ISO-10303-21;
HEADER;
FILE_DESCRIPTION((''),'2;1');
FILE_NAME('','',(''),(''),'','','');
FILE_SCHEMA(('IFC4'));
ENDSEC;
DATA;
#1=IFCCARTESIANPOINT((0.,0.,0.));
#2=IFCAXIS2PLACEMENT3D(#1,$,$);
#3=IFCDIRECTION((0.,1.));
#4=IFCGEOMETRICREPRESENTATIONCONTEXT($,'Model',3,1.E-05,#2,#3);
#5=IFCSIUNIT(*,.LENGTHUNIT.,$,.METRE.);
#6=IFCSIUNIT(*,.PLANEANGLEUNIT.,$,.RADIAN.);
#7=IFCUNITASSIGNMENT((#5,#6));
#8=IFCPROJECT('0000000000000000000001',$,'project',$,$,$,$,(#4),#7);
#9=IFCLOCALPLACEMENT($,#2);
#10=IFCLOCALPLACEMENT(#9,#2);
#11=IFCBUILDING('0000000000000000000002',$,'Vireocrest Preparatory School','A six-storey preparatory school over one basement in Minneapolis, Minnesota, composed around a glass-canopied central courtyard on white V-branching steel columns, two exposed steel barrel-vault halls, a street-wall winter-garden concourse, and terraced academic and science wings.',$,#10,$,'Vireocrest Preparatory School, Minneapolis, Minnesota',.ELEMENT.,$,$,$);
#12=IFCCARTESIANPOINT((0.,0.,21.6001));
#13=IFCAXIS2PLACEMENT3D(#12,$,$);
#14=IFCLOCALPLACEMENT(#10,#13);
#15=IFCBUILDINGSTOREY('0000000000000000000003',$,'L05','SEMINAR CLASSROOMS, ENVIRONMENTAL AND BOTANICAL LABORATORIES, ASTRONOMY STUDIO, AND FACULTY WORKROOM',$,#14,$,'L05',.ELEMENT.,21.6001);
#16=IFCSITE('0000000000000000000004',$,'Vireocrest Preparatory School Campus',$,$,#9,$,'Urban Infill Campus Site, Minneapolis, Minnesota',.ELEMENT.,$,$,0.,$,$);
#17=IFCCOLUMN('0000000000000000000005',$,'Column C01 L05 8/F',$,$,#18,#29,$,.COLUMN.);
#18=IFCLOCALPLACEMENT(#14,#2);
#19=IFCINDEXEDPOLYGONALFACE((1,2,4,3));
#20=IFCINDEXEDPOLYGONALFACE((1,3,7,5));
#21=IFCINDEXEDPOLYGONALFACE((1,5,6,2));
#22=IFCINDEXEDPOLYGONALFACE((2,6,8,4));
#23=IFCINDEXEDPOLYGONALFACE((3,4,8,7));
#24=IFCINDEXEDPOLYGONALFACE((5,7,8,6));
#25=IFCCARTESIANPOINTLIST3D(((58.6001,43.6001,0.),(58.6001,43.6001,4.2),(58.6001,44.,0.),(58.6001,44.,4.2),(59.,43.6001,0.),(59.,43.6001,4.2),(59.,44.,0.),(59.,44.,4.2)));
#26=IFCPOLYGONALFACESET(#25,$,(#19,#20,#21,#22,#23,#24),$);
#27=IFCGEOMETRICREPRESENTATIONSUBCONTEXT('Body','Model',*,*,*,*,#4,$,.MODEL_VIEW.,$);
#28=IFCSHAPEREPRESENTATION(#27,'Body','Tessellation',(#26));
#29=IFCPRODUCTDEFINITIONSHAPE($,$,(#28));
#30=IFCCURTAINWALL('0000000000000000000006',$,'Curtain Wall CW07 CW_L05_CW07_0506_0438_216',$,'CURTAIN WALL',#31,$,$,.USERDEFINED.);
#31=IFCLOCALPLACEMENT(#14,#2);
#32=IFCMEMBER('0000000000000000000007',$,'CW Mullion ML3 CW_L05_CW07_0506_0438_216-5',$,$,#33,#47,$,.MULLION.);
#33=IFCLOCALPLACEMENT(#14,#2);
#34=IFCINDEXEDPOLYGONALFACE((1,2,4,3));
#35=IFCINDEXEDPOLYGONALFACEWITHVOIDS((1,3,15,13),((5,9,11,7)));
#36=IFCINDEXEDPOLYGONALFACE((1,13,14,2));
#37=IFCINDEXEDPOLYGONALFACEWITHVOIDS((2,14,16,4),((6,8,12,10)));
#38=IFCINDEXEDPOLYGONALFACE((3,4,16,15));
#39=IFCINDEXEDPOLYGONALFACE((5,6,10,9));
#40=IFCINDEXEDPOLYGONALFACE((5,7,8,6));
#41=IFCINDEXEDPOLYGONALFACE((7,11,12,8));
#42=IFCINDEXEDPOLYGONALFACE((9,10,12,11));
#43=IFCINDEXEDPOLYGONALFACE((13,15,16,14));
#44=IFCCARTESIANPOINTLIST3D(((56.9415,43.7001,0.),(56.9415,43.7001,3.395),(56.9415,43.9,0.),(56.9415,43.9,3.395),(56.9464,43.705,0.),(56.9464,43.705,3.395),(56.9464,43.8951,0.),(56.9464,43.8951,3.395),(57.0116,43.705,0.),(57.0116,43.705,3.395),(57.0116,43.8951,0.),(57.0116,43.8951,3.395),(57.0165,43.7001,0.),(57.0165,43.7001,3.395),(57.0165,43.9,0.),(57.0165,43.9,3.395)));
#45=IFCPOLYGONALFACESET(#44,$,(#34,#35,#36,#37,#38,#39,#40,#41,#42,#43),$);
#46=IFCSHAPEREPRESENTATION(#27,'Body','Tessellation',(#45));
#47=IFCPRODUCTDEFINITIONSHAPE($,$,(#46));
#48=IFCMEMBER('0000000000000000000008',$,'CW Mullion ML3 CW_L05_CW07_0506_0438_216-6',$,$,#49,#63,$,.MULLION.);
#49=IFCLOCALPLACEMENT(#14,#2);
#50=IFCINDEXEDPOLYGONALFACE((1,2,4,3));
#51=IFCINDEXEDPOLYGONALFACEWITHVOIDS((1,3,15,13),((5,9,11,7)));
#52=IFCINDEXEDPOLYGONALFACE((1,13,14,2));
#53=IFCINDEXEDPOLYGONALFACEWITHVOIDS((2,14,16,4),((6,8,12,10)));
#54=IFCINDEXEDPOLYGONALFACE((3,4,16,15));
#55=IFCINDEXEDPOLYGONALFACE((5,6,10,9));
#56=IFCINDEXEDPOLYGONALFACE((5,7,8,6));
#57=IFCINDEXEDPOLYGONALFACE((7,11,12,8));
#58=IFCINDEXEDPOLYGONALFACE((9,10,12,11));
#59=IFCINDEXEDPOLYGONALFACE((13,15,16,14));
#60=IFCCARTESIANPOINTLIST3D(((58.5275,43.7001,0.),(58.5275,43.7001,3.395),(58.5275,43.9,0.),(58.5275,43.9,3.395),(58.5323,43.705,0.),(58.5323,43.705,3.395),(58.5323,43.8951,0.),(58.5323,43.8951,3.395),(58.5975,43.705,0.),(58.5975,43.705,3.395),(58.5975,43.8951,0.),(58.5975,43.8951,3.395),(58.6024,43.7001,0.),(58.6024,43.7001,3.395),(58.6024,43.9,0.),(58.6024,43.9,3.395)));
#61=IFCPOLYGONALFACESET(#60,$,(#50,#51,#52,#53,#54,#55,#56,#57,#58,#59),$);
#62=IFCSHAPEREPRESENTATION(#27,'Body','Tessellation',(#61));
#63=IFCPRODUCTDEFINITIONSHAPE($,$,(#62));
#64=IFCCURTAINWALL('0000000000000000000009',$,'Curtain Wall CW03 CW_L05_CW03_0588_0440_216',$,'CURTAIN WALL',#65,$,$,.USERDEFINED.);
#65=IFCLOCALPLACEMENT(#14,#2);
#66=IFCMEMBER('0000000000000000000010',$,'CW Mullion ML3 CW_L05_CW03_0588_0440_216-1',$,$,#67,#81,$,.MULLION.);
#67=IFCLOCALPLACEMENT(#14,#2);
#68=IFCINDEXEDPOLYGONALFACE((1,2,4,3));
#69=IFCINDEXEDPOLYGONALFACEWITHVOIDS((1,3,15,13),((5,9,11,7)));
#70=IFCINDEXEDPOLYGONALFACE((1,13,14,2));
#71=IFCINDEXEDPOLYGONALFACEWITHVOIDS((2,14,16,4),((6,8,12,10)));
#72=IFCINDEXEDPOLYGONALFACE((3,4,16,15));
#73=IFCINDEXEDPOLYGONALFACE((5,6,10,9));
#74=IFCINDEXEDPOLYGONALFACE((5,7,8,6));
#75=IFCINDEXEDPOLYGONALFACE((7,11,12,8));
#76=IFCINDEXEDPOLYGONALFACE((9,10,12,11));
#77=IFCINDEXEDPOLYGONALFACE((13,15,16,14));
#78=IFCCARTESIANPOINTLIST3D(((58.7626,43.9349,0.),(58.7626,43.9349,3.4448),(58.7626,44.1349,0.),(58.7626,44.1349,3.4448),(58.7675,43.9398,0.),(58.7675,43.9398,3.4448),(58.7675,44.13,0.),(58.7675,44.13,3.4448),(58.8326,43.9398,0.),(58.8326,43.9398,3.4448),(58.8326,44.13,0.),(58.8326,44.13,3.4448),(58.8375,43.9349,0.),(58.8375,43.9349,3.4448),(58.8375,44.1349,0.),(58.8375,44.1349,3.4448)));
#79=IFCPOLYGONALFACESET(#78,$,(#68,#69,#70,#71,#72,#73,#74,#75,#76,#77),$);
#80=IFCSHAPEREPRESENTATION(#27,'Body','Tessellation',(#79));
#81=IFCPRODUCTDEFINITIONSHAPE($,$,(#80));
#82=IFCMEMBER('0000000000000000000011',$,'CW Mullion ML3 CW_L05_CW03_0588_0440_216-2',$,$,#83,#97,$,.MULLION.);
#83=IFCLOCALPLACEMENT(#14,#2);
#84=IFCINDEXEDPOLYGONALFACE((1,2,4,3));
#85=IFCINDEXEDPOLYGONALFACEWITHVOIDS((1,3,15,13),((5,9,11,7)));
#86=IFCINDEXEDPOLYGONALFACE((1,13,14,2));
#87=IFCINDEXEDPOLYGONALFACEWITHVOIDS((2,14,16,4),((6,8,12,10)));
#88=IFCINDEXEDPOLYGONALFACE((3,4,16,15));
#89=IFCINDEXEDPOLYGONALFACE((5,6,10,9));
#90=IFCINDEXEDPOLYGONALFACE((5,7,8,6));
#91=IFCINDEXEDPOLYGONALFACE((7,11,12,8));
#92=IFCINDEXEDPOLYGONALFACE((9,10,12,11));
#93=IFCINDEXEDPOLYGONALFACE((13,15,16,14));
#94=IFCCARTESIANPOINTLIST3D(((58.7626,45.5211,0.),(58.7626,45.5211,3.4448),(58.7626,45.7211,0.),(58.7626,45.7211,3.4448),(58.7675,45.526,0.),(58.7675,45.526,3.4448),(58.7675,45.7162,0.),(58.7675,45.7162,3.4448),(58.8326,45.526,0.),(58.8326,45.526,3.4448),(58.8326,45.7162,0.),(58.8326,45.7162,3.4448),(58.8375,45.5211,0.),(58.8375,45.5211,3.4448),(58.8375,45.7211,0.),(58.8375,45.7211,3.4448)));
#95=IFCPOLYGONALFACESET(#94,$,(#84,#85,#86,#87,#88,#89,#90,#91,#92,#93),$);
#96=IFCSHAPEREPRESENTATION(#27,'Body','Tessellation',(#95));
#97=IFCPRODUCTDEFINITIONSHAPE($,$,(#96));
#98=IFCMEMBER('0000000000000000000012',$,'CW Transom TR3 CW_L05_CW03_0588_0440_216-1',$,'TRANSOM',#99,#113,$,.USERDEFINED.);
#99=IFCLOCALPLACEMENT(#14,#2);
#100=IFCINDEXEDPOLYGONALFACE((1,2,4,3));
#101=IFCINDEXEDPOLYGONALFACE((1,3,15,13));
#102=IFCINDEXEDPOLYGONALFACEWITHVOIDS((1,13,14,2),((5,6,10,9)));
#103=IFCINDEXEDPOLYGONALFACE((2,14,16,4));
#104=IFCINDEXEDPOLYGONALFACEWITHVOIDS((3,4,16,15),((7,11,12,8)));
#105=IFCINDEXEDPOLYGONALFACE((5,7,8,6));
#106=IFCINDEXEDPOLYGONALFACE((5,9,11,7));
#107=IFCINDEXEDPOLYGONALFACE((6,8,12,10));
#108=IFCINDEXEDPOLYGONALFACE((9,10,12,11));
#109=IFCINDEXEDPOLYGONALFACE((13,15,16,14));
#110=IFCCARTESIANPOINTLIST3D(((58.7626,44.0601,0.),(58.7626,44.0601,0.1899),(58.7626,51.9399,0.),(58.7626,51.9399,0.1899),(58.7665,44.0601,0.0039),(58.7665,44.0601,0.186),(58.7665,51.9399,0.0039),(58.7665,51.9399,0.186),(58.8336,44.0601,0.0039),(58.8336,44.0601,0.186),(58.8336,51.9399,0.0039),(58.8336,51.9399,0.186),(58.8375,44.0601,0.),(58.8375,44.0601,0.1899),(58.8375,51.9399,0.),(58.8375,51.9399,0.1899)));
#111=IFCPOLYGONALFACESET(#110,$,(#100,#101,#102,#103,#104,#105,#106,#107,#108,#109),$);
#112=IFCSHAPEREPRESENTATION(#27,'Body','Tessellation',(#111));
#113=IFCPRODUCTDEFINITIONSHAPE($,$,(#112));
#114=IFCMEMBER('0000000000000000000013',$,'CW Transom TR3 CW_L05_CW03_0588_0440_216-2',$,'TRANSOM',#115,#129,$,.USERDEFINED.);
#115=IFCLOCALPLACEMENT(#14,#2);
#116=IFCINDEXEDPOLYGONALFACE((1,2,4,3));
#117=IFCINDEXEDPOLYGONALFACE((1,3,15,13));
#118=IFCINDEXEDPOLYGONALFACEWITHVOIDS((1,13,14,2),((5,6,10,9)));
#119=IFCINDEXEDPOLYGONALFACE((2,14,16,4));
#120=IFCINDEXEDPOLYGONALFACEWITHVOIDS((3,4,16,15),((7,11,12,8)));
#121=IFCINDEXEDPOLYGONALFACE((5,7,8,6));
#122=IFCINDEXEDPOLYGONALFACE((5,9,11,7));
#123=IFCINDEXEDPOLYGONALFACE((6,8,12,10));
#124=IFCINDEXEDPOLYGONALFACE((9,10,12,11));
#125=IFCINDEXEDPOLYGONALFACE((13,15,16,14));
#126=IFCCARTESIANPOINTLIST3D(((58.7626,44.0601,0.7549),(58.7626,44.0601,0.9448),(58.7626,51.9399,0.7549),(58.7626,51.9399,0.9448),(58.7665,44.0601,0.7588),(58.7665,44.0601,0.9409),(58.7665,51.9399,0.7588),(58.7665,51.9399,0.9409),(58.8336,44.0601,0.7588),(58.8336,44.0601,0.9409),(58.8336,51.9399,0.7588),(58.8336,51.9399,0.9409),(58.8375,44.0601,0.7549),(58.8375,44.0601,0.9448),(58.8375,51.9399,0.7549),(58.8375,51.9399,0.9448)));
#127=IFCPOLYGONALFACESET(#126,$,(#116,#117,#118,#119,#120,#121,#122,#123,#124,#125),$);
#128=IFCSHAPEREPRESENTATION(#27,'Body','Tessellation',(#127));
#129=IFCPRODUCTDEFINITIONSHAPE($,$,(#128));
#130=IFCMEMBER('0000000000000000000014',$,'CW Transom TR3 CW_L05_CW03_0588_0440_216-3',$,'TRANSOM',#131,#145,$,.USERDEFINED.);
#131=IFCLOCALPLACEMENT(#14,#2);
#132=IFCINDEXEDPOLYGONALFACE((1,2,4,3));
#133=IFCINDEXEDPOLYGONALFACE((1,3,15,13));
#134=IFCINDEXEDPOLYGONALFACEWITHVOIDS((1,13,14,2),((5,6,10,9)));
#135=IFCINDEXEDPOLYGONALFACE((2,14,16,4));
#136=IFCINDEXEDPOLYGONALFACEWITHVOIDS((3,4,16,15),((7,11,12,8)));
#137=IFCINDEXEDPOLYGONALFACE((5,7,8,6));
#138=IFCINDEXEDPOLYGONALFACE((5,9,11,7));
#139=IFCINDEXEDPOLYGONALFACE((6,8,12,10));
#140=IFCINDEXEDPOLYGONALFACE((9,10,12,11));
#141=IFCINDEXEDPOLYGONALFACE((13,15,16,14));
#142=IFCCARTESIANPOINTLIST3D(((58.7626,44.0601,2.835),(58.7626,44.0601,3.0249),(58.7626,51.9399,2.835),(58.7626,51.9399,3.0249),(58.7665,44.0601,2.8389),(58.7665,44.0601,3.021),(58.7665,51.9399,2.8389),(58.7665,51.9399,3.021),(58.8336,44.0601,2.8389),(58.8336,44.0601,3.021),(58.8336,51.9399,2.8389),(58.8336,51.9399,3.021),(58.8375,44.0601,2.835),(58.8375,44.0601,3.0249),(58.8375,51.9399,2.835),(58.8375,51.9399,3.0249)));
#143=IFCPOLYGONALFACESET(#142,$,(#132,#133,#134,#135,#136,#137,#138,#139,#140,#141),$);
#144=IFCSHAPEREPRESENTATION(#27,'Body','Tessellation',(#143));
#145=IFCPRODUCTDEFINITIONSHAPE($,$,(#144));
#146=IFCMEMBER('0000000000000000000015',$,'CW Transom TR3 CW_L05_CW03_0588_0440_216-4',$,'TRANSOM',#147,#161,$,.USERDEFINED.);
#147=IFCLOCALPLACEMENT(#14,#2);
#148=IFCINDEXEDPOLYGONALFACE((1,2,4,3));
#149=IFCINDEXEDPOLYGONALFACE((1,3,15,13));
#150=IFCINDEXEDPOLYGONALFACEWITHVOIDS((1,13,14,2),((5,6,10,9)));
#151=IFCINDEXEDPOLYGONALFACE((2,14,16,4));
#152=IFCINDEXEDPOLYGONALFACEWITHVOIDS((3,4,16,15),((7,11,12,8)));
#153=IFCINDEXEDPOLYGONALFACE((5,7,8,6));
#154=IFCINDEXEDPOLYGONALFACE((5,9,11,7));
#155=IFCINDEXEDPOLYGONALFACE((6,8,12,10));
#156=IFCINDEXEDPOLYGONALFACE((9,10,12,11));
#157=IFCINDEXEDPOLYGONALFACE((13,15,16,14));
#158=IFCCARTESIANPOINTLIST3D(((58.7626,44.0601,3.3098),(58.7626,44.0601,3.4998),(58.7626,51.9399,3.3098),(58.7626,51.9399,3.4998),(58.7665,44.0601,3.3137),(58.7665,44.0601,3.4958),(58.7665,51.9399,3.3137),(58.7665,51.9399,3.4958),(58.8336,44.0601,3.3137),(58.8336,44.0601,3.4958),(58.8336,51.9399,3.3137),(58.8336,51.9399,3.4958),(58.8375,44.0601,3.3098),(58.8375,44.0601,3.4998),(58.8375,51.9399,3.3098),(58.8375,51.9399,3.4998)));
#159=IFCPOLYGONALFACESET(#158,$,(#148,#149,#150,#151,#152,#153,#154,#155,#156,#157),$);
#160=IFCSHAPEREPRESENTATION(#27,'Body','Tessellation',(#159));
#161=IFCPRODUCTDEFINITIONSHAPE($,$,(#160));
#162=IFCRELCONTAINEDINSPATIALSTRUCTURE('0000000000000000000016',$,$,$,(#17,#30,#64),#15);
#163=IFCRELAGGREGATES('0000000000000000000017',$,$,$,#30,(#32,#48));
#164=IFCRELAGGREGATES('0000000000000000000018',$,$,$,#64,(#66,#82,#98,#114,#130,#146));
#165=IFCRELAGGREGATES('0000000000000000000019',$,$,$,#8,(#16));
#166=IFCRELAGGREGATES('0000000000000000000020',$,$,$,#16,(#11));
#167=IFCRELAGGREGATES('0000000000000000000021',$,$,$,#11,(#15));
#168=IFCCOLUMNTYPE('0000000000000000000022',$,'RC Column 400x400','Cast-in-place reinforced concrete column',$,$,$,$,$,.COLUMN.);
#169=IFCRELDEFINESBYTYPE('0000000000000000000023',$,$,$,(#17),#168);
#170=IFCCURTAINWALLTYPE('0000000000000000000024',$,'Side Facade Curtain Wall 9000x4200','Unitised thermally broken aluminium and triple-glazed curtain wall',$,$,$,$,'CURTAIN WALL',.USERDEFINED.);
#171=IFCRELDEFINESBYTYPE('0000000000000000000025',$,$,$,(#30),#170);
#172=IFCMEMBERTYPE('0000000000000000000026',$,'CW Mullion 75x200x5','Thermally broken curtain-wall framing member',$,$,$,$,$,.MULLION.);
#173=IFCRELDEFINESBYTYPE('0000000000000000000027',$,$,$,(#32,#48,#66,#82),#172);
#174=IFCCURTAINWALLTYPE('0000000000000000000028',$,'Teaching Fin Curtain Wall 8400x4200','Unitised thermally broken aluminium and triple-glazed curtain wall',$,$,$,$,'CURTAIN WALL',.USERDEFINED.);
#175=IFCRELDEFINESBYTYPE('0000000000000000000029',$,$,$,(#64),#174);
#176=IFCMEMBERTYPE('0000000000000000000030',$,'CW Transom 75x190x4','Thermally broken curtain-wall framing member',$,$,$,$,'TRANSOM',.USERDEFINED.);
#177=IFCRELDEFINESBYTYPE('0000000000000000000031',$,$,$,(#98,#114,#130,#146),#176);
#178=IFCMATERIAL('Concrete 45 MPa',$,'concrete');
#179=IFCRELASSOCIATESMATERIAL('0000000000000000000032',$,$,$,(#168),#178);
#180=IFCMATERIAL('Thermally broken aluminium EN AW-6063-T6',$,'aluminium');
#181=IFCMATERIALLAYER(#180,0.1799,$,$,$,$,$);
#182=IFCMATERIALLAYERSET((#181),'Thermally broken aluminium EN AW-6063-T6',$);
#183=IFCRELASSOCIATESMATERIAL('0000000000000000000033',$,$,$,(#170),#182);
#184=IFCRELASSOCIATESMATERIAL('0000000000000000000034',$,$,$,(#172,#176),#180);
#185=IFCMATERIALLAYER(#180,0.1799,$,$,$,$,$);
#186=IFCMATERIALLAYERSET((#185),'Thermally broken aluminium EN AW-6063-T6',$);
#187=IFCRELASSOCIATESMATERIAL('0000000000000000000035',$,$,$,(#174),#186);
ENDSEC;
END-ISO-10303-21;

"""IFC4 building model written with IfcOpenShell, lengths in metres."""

from ifc_helpers import new_model, si_unit, direction, frame, origin, origin_2d, place, context, subcontext, project, spatial, rectangle, hollow_rectangle, extrude, material, layer, layer_set, material_profile, profile_set, type_object, element, aggregate, save


model = new_model("IFC4")

# Units and contexts
model_context = context("Model", 3, precision=1e-05, world=origin(), true_north=direction((0.0, 1.0)))
body_context = subcontext(model_context, "Body", "Model", "MODEL_VIEW")
ifc_project = project(units=[si_unit("LENGTHUNIT", "METRE"), si_unit("PLANEANGLEUNIT", "RADIAN")], contexts=[model_context])

# Site, building, storey
site_placement = place(None, origin())
site = spatial("IfcSite", under=ifc_project, at=site_placement, Name="Vireocrest Preparatory School Campus", LongName="Urban Infill Campus Site, Minneapolis, Minnesota", CompositionType="ELEMENT", RefElevation=0.0)
building_placement = place(site_placement, origin())
building = spatial("IfcBuilding", under=site, at=building_placement, Name="Vireocrest Preparatory School", Description="A six-storey preparatory school over one basement in Minneapolis, Minnesota, composed around a glass-canopied central courtyard on white V-branching steel columns, two exposed steel barrel-vault halls, a street-wall winter-garden concourse, and terraced academic and science wings.", LongName="Vireocrest Preparatory School, Minneapolis, Minnesota", CompositionType="ELEMENT")
storey_placement = place(building_placement, frame((0.0, 0.0, 21.6001)))
storey = spatial("IfcBuildingStorey", under=building, at=storey_placement, Name="L05", Description="SEMINAR CLASSROOMS, ENVIRONMENTAL AND BOTANICAL LABORATORIES, ASTRONOMY STUDIO, AND FACULTY WORKROOM", LongName="L05", CompositionType="ELEMENT", Elevation=21.6001)

# Column
ifc_material_1 = material(Name="Concrete 45 MPa", Category="concrete")
ifc_material_profile_1 = material_profile(ifc_material_1, rectangle(XDim=0.3999, YDim=0.3999, at=origin_2d()), Name="RC 400x400")
ifc_profile_set_1 = profile_set([ifc_material_profile_1], Name="Concrete 45 MPa")
column_type = type_object("IfcColumnType", Name="RC Column 400x400", Description="Cast-in-place reinforced concrete column", PredefinedType="COLUMN", material=ifc_profile_set_1)
column_placement = place(storey_placement, frame((58.8, 43.8, 0.0), z_axis=(0.0, 0.0, 1.0), x_axis=(1.0, 0.0, 0.0)))
element("IfcColumn", 1, at=column_placement, inside=storey, type_object=column_type, Name="Column C01 L05 8/F", PredefinedType="COLUMN", context=body_context, shape_type="SweptSolid", body=[
    extrude(rectangle(XDim=0.3999, YDim=0.3999, at=origin_2d()), origin(), (0.0, 0.0, 1.0), 4.2),
])

# Curtain walls, members
ifc_material_2 = material(Name="Thermally broken aluminium EN AW-6063-T6", Category="aluminium")
ifc_layer_1 = layer(ifc_material_2, 0.1799)
ifc_layer_set_1 = layer_set([ifc_layer_1], Name="Thermally broken aluminium EN AW-6063-T6")
curtain_wall_type_1 = type_object("IfcCurtainWallType", Name="Side Facade Curtain Wall 9000x4200", Description="Unitised thermally broken aluminium and triple-glazed curtain wall", ElementType="CURTAIN WALL", PredefinedType="USERDEFINED", material=ifc_layer_set_1)
curtain_wall_1_placement = place(storey_placement, origin())
curtain_wall_1 = element("IfcCurtainWall", 2, at=curtain_wall_1_placement, inside=storey, type_object=curtain_wall_type_1, Name="Curtain Wall CW07 CW_L05_CW07_0506_0438_216", ObjectType="CURTAIN WALL", PredefinedType="USERDEFINED")
ifc_material_profile_2 = material_profile(ifc_material_2, hollow_rectangle(XDim=0.075, YDim=0.2, WallThickness=0.0049, at=origin_2d()), Name="ALU 75x200x5")
ifc_profile_set_2 = profile_set([ifc_material_profile_2], Name="Thermally broken aluminium EN AW-6063-T6")
member_type_1 = type_object("IfcMemberType", Name="CW Mullion 75x200x5", Description="Thermally broken curtain-wall framing member", PredefinedType="MULLION", material=ifc_profile_set_2)
member_1_placement = place(storey_placement, frame((56.979, 43.8, 0.0), z_axis=(0.0, 0.0, 1.0), x_axis=(1.0, 0.0, 0.0)))
member_1 = element("IfcMember", 3, at=member_1_placement, type_object=member_type_1, Name="CW Mullion ML3 CW_L05_CW07_0506_0438_216-5", PredefinedType="MULLION", context=body_context, shape_type="SweptSolid", body=[
    extrude(hollow_rectangle(XDim=0.075, YDim=0.2, WallThickness=0.0049, at=origin_2d()), origin(), (0.0, 0.0, 1.0), 3.395),
])
member_2_placement = place(storey_placement, frame((58.5649, 43.8, 0.0), z_axis=(0.0, 0.0, 1.0), x_axis=(1.0, 0.0, 0.0)))
member_2 = element("IfcMember", 4, at=member_2_placement, type_object=member_type_1, Name="CW Mullion ML3 CW_L05_CW07_0506_0438_216-6", PredefinedType="MULLION", context=body_context, shape_type="SweptSolid", body=[
    extrude(hollow_rectangle(XDim=0.075, YDim=0.2, WallThickness=0.0049, at=origin_2d()), origin(), (0.0, 0.0, 1.0), 3.395),
])
ifc_layer_2 = layer(ifc_material_2, 0.1799)
ifc_layer_set_2 = layer_set([ifc_layer_2], Name="Thermally broken aluminium EN AW-6063-T6")
curtain_wall_type_2 = type_object("IfcCurtainWallType", Name="Teaching Fin Curtain Wall 8400x4200", Description="Unitised thermally broken aluminium and triple-glazed curtain wall", ElementType="CURTAIN WALL", PredefinedType="USERDEFINED", material=ifc_layer_set_2)
curtain_wall_2_placement = place(storey_placement, origin())
curtain_wall_2 = element("IfcCurtainWall", 5, at=curtain_wall_2_placement, inside=storey, type_object=curtain_wall_type_2, Name="Curtain Wall CW03 CW_L05_CW03_0588_0440_216", ObjectType="CURTAIN WALL", PredefinedType="USERDEFINED")
member_3_placement = place(storey_placement, frame((58.8, 44.0349, 0.0), z_axis=(0.0, 0.0, 1.0), x_axis=(1.0, 0.0, 0.0)))
member_3 = element("IfcMember", 6, at=member_3_placement, type_object=member_type_1, Name="CW Mullion ML3 CW_L05_CW03_0588_0440_216-1", PredefinedType="MULLION", context=body_context, shape_type="SweptSolid", body=[
    extrude(hollow_rectangle(XDim=0.075, YDim=0.2, WallThickness=0.0049, at=origin_2d()), origin(), (0.0, 0.0, 1.0), 3.4448),
])
member_4_placement = place(storey_placement, frame((58.8, 45.6211, 0.0), z_axis=(0.0, 0.0, 1.0), x_axis=(1.0, 0.0, 0.0)))
member_4 = element("IfcMember", 7, at=member_4_placement, type_object=member_type_1, Name="CW Mullion ML3 CW_L05_CW03_0588_0440_216-2", PredefinedType="MULLION", context=body_context, shape_type="SweptSolid", body=[
    extrude(hollow_rectangle(XDim=0.075, YDim=0.2, WallThickness=0.0049, at=origin_2d()), origin(), (0.0, 0.0, 1.0), 3.4448),
])
ifc_material_profile_3 = material_profile(ifc_material_2, hollow_rectangle(XDim=0.075, YDim=0.1899, WallThickness=0.0039, at=origin_2d()), Name="ALU 75x190x4")
ifc_profile_set_3 = profile_set([ifc_material_profile_3], Name="Thermally broken aluminium EN AW-6063-T6")
member_type_2 = type_object("IfcMemberType", Name="CW Transom 75x190x4", Description="Thermally broken curtain-wall framing member", ElementType="TRANSOM", PredefinedType="USERDEFINED", material=ifc_profile_set_3)
member_5_placement = place(storey_placement, frame((58.8, 44.0601, 0.095), z_axis=(0.0, 1.0, 0.0), x_axis=(-1.0, 0.0, 0.0)))
member_5 = element("IfcMember", 8, at=member_5_placement, type_object=member_type_2, Name="CW Transom TR3 CW_L05_CW03_0588_0440_216-1", ObjectType="TRANSOM", PredefinedType="USERDEFINED", context=body_context, shape_type="SweptSolid", body=[
    extrude(hollow_rectangle(XDim=0.075, YDim=0.1899, WallThickness=0.0039, at=origin_2d()), origin(), (0.0, 0.0, 1.0), 7.8799),
])
member_6_placement = place(storey_placement, frame((58.8, 44.0601, 0.8499), z_axis=(0.0, 1.0, 0.0), x_axis=(-1.0, 0.0, 0.0)))
member_6 = element("IfcMember", 9, at=member_6_placement, type_object=member_type_2, Name="CW Transom TR3 CW_L05_CW03_0588_0440_216-2", ObjectType="TRANSOM", PredefinedType="USERDEFINED", context=body_context, shape_type="SweptSolid", body=[
    extrude(hollow_rectangle(XDim=0.075, YDim=0.1899, WallThickness=0.0039, at=origin_2d()), origin(), (0.0, 0.0, 1.0), 7.8799),
])
member_7_placement = place(storey_placement, frame((58.8, 44.0601, 2.9299), z_axis=(0.0, 1.0, 0.0), x_axis=(-1.0, 0.0, 0.0)))
member_7 = element("IfcMember", 10, at=member_7_placement, type_object=member_type_2, Name="CW Transom TR3 CW_L05_CW03_0588_0440_216-3", ObjectType="TRANSOM", PredefinedType="USERDEFINED", context=body_context, shape_type="SweptSolid", body=[
    extrude(hollow_rectangle(XDim=0.075, YDim=0.1899, WallThickness=0.0039, at=origin_2d()), origin(), (0.0, 0.0, 1.0), 7.8799),
])
member_8_placement = place(storey_placement, frame((58.8, 44.0601, 3.4048), z_axis=(0.0, 1.0, 0.0), x_axis=(-1.0, 0.0, 0.0)))
member_8 = element("IfcMember", 11, at=member_8_placement, type_object=member_type_2, Name="CW Transom TR3 CW_L05_CW03_0588_0440_216-4", ObjectType="TRANSOM", PredefinedType="USERDEFINED", context=body_context, shape_type="SweptSolid", body=[
    extrude(hollow_rectangle(XDim=0.075, YDim=0.1899, WallThickness=0.0039, at=origin_2d()), origin(), (0.0, 0.0, 1.0), 7.8799),
])

aggregate(curtain_wall_1, [member_1, member_2])
aggregate(curtain_wall_2, [member_3, member_4, member_5, member_6, member_7, member_8])

save(model, "model.ifc")
